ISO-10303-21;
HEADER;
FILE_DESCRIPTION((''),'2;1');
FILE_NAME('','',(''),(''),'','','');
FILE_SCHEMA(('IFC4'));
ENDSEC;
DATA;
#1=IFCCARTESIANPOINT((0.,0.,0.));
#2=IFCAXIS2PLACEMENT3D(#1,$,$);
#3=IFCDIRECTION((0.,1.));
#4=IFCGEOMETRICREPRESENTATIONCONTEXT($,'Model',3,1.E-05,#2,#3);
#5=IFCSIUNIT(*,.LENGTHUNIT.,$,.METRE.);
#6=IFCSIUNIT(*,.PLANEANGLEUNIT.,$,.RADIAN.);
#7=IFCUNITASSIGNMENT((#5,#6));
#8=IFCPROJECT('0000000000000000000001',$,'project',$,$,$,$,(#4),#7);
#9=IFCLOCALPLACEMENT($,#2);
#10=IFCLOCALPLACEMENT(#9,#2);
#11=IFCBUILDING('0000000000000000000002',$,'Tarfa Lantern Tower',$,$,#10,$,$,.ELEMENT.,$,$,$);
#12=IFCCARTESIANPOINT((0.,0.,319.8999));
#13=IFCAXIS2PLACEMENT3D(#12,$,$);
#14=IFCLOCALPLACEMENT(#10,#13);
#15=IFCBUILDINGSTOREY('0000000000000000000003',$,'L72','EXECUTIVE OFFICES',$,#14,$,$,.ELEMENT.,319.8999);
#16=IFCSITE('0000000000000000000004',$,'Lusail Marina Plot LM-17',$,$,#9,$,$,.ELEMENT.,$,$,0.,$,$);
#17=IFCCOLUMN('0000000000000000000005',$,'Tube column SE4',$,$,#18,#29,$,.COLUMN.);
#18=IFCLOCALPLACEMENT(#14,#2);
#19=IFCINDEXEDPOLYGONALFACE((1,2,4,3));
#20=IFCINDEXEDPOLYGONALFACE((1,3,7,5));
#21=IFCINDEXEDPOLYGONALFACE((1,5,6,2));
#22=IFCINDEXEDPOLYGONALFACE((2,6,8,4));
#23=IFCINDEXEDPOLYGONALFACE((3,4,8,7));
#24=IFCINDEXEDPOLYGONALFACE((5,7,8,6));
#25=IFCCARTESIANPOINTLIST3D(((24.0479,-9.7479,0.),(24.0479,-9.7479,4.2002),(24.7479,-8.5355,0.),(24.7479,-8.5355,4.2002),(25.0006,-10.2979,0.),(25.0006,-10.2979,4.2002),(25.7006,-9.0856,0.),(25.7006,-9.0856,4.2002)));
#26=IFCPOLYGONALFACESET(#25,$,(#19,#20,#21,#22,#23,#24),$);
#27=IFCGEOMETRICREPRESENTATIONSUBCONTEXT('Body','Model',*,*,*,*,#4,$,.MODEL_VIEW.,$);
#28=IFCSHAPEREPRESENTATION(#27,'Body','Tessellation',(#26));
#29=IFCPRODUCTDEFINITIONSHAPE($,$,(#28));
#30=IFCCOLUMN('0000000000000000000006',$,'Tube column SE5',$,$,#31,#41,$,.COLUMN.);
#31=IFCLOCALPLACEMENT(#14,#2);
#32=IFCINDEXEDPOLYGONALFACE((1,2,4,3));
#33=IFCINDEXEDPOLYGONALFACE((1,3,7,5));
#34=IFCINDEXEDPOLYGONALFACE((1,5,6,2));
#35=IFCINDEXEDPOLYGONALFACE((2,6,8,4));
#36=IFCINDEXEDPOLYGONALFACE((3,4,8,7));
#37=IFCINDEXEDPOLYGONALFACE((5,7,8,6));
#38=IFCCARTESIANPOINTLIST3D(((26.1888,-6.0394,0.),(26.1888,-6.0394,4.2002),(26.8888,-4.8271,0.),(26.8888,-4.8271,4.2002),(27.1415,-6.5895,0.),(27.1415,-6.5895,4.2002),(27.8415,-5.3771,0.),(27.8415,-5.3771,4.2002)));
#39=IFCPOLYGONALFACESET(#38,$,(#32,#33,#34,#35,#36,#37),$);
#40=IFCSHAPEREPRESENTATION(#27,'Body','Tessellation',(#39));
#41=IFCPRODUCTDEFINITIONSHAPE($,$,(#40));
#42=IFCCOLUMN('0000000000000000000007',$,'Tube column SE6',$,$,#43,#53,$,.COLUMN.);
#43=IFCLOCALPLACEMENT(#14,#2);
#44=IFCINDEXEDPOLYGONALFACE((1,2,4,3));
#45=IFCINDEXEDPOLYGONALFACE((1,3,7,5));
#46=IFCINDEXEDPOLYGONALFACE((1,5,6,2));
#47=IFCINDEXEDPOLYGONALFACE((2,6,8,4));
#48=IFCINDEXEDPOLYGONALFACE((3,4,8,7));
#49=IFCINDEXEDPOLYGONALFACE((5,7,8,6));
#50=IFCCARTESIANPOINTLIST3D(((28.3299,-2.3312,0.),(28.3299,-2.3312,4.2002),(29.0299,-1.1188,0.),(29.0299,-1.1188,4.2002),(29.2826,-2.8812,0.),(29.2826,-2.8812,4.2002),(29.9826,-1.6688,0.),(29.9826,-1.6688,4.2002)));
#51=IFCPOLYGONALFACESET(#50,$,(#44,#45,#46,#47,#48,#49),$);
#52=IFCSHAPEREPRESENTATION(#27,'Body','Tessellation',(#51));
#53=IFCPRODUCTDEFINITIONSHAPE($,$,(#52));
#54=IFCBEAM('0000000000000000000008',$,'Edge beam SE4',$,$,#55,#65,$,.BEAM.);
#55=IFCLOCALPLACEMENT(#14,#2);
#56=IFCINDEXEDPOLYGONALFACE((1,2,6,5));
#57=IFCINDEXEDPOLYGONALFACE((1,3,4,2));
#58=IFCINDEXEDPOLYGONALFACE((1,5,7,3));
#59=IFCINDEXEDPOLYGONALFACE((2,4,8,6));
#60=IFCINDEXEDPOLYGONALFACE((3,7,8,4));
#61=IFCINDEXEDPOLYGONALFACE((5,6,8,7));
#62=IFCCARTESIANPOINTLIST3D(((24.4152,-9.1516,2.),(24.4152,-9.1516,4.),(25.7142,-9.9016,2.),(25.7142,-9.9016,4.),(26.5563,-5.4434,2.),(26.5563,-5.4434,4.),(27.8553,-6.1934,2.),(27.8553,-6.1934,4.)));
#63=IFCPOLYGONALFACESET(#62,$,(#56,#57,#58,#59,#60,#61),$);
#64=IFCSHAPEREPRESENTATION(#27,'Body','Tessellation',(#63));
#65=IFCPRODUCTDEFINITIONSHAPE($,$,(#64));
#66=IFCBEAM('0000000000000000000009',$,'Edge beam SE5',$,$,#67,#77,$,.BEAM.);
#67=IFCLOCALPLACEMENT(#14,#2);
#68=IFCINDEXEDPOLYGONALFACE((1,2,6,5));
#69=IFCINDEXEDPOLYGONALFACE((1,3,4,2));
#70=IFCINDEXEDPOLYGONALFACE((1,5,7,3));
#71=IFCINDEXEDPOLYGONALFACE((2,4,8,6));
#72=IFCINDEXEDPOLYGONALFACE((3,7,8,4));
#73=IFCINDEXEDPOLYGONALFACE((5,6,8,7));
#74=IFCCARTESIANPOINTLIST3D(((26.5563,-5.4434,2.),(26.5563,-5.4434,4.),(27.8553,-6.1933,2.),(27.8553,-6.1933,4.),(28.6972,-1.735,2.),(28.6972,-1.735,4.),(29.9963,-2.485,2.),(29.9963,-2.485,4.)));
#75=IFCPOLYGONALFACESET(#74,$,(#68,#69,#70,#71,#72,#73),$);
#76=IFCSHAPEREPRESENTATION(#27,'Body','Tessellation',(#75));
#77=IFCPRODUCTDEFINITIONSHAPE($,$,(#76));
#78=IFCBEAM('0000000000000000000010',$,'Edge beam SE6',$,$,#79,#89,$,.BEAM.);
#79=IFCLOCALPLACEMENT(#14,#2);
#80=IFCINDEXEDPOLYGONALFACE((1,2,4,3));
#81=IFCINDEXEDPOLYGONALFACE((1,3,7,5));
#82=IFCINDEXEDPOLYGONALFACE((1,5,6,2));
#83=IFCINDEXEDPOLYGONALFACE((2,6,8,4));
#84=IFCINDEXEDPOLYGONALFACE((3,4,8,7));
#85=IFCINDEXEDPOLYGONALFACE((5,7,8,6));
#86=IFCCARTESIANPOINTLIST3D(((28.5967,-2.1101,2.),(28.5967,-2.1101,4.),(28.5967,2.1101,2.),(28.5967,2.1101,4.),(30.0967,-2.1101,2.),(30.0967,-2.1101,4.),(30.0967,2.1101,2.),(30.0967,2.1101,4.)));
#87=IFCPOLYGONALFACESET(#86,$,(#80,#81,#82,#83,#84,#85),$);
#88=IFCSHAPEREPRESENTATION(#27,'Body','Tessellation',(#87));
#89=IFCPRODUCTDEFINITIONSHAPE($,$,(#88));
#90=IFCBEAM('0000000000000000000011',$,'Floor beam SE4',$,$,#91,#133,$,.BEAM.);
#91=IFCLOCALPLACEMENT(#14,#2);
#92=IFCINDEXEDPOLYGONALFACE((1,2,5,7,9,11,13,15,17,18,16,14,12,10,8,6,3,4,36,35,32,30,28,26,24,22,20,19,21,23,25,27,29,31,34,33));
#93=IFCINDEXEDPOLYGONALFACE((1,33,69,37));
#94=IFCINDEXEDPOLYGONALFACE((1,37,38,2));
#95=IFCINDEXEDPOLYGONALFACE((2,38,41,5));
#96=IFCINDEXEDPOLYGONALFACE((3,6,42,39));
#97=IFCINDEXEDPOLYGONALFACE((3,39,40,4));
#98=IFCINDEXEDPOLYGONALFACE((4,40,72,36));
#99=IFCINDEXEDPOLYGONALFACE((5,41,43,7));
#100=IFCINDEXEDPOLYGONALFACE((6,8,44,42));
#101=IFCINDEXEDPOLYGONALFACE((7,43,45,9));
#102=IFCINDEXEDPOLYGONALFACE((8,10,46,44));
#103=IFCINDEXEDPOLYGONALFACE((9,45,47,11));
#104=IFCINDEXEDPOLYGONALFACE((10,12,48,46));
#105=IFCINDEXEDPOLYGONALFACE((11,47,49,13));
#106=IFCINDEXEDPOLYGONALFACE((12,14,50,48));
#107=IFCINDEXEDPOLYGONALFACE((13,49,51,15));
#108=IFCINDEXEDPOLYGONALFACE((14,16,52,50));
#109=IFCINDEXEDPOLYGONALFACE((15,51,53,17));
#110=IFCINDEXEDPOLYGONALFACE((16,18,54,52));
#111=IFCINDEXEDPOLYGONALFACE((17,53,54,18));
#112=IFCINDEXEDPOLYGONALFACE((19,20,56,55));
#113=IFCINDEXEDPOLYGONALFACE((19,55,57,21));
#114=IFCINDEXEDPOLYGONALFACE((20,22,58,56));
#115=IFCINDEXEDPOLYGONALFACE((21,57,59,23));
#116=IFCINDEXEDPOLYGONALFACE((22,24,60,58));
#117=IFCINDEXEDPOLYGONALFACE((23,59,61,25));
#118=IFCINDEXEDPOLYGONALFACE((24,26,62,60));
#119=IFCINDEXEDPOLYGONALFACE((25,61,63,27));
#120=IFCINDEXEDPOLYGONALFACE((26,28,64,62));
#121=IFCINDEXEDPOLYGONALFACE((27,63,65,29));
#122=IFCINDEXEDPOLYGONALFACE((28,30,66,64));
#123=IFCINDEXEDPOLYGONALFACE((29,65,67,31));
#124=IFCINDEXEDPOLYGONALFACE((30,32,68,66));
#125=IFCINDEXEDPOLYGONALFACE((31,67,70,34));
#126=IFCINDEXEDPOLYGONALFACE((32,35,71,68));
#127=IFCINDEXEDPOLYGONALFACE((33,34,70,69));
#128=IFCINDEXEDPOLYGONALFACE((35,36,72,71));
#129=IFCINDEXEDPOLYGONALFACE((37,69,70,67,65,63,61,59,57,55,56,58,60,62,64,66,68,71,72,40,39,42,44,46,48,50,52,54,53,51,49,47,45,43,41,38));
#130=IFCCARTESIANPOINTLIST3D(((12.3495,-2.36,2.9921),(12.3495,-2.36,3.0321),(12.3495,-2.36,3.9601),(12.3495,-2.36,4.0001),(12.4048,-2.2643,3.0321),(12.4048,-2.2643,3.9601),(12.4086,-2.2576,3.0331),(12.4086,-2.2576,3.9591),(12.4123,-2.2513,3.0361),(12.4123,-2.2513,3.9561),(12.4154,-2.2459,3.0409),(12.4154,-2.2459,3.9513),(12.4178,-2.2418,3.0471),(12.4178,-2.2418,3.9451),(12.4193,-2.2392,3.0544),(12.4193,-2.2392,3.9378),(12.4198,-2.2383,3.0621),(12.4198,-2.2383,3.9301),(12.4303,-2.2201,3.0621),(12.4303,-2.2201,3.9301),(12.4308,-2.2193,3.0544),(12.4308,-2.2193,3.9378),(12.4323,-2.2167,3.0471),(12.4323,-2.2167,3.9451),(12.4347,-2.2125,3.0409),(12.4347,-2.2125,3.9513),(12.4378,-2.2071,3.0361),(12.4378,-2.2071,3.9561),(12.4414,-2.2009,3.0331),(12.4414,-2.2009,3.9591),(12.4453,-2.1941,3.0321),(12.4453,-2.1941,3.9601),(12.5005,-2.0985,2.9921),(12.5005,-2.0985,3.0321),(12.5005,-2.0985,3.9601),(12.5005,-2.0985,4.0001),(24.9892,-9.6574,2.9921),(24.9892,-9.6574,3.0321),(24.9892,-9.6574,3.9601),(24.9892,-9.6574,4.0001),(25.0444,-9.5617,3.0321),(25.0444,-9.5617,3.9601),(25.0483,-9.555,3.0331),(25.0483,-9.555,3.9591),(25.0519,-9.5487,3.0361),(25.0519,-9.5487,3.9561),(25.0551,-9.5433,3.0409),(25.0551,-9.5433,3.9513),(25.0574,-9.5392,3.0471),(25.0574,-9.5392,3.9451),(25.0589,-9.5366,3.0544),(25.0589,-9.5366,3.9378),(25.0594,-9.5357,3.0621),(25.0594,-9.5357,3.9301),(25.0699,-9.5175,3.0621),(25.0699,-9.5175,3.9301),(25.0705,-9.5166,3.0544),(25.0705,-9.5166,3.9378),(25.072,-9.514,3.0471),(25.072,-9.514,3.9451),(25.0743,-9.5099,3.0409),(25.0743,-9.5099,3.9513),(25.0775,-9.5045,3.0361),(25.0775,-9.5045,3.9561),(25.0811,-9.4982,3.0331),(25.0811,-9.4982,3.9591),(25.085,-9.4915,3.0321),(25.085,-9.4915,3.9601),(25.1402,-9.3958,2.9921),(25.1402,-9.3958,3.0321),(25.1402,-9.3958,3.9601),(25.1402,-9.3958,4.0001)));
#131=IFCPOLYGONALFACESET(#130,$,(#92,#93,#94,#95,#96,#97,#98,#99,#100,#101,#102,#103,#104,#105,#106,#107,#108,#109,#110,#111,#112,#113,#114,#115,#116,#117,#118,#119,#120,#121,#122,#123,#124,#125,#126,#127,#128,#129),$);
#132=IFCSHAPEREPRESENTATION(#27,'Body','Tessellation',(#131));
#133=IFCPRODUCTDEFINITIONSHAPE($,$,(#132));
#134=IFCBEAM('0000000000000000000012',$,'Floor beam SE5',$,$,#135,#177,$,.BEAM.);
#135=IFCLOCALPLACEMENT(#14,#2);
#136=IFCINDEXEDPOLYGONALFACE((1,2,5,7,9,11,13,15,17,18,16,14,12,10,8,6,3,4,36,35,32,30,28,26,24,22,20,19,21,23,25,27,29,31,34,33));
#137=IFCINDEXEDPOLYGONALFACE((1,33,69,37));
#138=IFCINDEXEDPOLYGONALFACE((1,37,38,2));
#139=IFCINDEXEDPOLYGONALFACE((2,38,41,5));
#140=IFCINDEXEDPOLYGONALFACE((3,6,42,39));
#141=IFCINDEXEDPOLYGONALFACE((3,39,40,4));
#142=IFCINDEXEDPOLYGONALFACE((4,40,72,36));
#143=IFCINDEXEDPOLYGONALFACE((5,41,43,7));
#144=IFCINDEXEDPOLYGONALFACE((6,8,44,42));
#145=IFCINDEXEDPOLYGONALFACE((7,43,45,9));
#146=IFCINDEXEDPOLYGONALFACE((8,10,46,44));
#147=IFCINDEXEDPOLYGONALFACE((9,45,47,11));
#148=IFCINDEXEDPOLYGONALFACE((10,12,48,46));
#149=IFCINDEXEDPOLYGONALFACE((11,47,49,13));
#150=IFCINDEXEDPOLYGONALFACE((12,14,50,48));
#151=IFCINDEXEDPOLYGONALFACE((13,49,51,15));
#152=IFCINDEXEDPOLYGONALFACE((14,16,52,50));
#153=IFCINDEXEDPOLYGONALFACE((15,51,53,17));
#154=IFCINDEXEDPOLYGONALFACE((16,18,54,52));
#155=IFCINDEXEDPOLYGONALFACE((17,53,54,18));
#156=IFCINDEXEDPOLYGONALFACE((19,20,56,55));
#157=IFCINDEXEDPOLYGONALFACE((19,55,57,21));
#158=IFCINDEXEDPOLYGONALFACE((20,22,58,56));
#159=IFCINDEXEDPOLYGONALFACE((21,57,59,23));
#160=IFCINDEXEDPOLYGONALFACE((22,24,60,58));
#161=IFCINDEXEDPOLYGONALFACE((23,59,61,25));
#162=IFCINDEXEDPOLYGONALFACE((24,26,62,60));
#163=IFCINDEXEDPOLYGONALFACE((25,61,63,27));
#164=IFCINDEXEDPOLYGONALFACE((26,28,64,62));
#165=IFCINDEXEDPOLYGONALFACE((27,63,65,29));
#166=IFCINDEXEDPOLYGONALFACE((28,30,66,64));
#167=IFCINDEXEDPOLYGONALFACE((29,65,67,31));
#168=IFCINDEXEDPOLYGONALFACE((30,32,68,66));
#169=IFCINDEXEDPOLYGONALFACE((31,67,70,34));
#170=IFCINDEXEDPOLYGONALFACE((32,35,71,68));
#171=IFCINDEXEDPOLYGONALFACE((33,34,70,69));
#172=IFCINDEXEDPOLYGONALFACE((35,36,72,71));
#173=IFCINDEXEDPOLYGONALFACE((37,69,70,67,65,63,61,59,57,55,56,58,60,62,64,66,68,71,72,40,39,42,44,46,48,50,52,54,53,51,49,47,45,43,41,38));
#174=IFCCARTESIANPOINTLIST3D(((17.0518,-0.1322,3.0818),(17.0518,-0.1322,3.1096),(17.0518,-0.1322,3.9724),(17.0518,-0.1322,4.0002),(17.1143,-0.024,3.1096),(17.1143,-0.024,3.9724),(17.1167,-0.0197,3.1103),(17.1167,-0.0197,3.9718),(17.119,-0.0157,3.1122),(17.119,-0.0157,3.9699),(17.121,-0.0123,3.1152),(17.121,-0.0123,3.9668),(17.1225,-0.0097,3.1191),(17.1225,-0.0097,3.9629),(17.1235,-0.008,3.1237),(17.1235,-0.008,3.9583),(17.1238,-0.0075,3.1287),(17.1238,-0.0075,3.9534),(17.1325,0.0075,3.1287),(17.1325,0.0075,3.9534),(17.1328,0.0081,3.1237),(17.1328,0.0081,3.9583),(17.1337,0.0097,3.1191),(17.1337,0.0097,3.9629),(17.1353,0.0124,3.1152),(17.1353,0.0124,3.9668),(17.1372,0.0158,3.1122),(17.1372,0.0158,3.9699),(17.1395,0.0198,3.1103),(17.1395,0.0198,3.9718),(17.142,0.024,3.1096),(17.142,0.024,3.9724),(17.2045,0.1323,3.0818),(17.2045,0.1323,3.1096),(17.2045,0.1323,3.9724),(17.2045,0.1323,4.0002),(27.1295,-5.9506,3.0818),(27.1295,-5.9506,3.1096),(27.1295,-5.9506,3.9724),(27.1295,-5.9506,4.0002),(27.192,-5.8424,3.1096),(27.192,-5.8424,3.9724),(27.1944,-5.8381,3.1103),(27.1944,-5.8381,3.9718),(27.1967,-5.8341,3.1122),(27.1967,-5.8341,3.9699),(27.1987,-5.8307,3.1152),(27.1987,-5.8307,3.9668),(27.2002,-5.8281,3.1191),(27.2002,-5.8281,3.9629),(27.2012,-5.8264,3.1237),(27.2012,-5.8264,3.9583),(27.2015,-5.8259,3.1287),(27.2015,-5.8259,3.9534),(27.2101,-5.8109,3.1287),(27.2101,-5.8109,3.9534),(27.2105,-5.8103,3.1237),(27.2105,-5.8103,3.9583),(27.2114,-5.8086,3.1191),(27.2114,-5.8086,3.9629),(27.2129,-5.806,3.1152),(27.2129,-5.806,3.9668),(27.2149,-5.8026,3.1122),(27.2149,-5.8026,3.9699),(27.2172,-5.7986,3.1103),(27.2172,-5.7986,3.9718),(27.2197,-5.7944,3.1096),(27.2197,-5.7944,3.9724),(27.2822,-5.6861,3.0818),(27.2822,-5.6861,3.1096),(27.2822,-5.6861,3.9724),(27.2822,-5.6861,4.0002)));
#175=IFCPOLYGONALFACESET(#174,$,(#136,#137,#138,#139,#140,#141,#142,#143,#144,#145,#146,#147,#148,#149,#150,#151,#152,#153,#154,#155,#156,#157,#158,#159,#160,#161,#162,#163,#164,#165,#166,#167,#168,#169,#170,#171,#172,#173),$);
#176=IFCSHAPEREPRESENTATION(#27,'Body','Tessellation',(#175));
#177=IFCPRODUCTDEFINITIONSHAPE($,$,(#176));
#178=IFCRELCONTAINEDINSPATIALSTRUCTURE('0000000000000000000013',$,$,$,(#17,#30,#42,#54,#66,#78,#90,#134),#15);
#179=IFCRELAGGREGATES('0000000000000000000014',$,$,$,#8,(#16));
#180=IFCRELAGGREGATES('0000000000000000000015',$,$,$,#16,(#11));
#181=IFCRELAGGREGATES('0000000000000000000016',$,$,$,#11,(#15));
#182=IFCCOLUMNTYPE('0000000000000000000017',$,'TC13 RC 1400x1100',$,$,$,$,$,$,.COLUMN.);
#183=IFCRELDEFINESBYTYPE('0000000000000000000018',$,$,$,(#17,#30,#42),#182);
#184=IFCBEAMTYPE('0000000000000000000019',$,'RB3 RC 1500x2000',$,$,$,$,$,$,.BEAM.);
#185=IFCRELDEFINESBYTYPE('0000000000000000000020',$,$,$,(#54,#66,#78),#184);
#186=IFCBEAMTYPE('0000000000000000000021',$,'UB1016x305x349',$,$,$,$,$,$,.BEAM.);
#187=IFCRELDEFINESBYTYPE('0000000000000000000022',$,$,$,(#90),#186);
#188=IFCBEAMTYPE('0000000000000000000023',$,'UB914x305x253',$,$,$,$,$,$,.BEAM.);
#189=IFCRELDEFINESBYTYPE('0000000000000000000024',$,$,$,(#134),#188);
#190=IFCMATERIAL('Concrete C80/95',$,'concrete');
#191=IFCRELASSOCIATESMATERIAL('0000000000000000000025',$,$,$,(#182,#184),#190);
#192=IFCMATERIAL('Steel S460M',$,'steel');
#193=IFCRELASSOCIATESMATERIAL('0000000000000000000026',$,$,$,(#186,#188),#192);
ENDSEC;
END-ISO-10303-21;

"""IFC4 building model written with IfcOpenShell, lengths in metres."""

from ifc_helpers import new_model, si_unit, direction, frame, origin, origin_2d, place, context, subcontext, project, spatial, rectangle, i_section, extrude, material, material_profile, profile_set, type_object, element, save


model = new_model("IFC4")

# Units and contexts
model_context = context("Model", 3, precision=1e-05, world=origin(), true_north=direction((0.0, 1.0)))
body_context = subcontext(model_context, "Body", "Model", "MODEL_VIEW")
ifc_project = project(units=[si_unit("LENGTHUNIT", "METRE"), si_unit("PLANEANGLEUNIT", "RADIAN")], contexts=[model_context])

# Site, building, storey
site_placement = place(None, origin())
site = spatial("IfcSite", under=ifc_project, at=site_placement, Name="Lusail Marina Plot LM-17", CompositionType="ELEMENT", RefElevation=0.0)
building_placement = place(site_placement, origin())
building = spatial("IfcBuilding", under=site, at=building_placement, Name="Tarfa Lantern Tower", CompositionType="ELEMENT")
storey_placement = place(building_placement, frame((0.0, 0.0, 319.8999)))
storey = spatial("IfcBuildingStorey", under=building, at=storey_placement, Name="L72", Description="EXECUTIVE OFFICES", CompositionType="ELEMENT", Elevation=319.8999)

# Columns
ifc_material_1 = material(Name="Concrete C80/95", Category="concrete")
ifc_material_profile_1 = material_profile(ifc_material_1, rectangle(XDim=1.3999, YDim=1.1001, at=origin_2d()), Name="RC 1400x1100")
ifc_profile_set_1 = profile_set([ifc_material_profile_1], Name="Concrete C80/95")
column_type = type_object("IfcColumnType", Name="TC13 RC 1400x1100", PredefinedType="COLUMN", material=ifc_profile_set_1)
for number, where, z_axis, x_axis, name in (
    (1, (24.8743, -9.4167, 0.0), (0.0, 0.0, 1.0), (0.5, 0.866025, 0.0), "Tube column SE4"),
    (2, (27.0151, -5.7083, 0.0), (0.0, 0.0, 1.0), (0.5, 0.866025, 0.0), "Tube column SE5"),
    (3, (29.1562, -2.0, 0.0), (0.0, 0.0, 1.0), (0.5, 0.866025, 0.0), "Tube column SE6"),
):
    element("IfcColumn", number, at=place(storey_placement, frame(where, z_axis=z_axis, x_axis=x_axis)), inside=storey, type_object=column_type, Name=name, PredefinedType="COLUMN", context=body_context, shape_type="SweptSolid", body=[
        extrude(rectangle(XDim=1.3999, YDim=1.1001, at=origin_2d()), origin(), (0.0, 0.0, 1.0), 4.2002),
    ])

# Beams
ifc_material_profile_2 = material_profile(ifc_material_1, rectangle(XDim=1.5, YDim=2.0, at=origin_2d()), Name="RC 1500x2000")
ifc_profile_set_2 = profile_set([ifc_material_profile_2], Name="Concrete C80/95")
beam_type_1 = type_object("IfcBeamType", Name="RB3 RC 1500x2000", PredefinedType="BEAM", material=ifc_profile_set_2)
for number, where, z_axis, x_axis, name in (
    (4, (25.0647, -9.5266, 3.0), (0.500027, 0.86601, 0.0), (-0.86601, 0.500027, 0.0), "Edge beam SE4"),
    (5, (27.2058, -5.8184, 3.0), (0.499984, 0.866035, 0.0), (-0.866035, 0.499984, 0.0), "Edge beam SE5"),
):
    element("IfcBeam", number, at=place(storey_placement, frame(where, z_axis=z_axis, x_axis=x_axis)), inside=storey, type_object=beam_type_1, Name=name, PredefinedType="BEAM", context=body_context, shape_type="SweptSolid", body=[
        extrude(rectangle(XDim=1.5, YDim=2.0, at=origin_2d()), origin(), (0.0, 0.0, 1.0), 4.282),
    ])
beam_1_placement = place(storey_placement, frame((29.3467, -2.1101, 3.0), z_axis=(0.0, 1.0, 0.0), x_axis=(-1.0, 0.0, 0.0)))
element("IfcBeam", 6, at=beam_1_placement, inside=storey, type_object=beam_type_1, Name="Edge beam SE6", PredefinedType="BEAM", context=body_context, shape_type="SweptSolid", body=[
    extrude(rectangle(XDim=1.5, YDim=2.0, at=origin_2d()), origin(), (0.0, 0.0, 1.0), 4.2202),
])
ifc_material_2 = material(Name="Steel S460M", Category="steel")
ifc_material_profile_3 = material_profile(ifc_material_2, i_section(OverallWidth=0.302, OverallDepth=1.0081, WebThickness=0.021, FlangeThickness=0.04, FilletRadius=0.03, at=origin_2d()), Name="UB1016x305x349")
ifc_profile_set_3 = profile_set([ifc_material_profile_3], Name="Steel S460M")
beam_type_2 = type_object("IfcBeamType", Name="UB1016x305x349", PredefinedType="BEAM", material=ifc_profile_set_3)
beam_2_placement = place(storey_placement, frame((25.0647, -9.5266, 3.4961), z_axis=(-0.86603, 0.499993, 0.0), x_axis=(-0.499993, -0.86603, 0.0)))
element("IfcBeam", 7, at=beam_2_placement, inside=storey, type_object=beam_type_2, Name="Floor beam SE4", PredefinedType="BEAM", context=body_context, shape_type="SweptSolid", body=[
    extrude(i_section(OverallWidth=0.302, OverallDepth=1.0081, WebThickness=0.021, FlangeThickness=0.04, FilletRadius=0.03, at=origin_2d()), origin(), (0.0, 0.0, 1.0), 14.595),
])
ifc_material_profile_4 = material_profile(ifc_material_2, i_section(OverallWidth=0.3054, OverallDepth=0.9185, WebThickness=0.0173, FlangeThickness=0.0278, FilletRadius=0.019, at=origin_2d()), Name="UB914x305x253")
ifc_profile_set_4 = profile_set([ifc_material_profile_4], Name="Steel S460M")
beam_type_3 = type_object("IfcBeamType", Name="UB914x305x253", PredefinedType="BEAM", material=ifc_profile_set_4)
beam_3_placement = place(storey_placement, frame((27.2058, -5.8184, 3.541), z_axis=(-0.866024, 0.500002, 0.0), x_axis=(-0.500002, -0.866024, 0.0)))
element("IfcBeam", 8, at=beam_3_placement, inside=storey, type_object=beam_type_3, Name="Floor beam SE5", PredefinedType="BEAM", context=body_context, shape_type="SweptSolid", body=[
    extrude(i_section(OverallWidth=0.3054, OverallDepth=0.9185, WebThickness=0.0173, FlangeThickness=0.0278, FilletRadius=0.019, at=origin_2d()), origin(), (0.0, 0.0, 1.0), 11.6367),
])

save(model, "model.ifc")
